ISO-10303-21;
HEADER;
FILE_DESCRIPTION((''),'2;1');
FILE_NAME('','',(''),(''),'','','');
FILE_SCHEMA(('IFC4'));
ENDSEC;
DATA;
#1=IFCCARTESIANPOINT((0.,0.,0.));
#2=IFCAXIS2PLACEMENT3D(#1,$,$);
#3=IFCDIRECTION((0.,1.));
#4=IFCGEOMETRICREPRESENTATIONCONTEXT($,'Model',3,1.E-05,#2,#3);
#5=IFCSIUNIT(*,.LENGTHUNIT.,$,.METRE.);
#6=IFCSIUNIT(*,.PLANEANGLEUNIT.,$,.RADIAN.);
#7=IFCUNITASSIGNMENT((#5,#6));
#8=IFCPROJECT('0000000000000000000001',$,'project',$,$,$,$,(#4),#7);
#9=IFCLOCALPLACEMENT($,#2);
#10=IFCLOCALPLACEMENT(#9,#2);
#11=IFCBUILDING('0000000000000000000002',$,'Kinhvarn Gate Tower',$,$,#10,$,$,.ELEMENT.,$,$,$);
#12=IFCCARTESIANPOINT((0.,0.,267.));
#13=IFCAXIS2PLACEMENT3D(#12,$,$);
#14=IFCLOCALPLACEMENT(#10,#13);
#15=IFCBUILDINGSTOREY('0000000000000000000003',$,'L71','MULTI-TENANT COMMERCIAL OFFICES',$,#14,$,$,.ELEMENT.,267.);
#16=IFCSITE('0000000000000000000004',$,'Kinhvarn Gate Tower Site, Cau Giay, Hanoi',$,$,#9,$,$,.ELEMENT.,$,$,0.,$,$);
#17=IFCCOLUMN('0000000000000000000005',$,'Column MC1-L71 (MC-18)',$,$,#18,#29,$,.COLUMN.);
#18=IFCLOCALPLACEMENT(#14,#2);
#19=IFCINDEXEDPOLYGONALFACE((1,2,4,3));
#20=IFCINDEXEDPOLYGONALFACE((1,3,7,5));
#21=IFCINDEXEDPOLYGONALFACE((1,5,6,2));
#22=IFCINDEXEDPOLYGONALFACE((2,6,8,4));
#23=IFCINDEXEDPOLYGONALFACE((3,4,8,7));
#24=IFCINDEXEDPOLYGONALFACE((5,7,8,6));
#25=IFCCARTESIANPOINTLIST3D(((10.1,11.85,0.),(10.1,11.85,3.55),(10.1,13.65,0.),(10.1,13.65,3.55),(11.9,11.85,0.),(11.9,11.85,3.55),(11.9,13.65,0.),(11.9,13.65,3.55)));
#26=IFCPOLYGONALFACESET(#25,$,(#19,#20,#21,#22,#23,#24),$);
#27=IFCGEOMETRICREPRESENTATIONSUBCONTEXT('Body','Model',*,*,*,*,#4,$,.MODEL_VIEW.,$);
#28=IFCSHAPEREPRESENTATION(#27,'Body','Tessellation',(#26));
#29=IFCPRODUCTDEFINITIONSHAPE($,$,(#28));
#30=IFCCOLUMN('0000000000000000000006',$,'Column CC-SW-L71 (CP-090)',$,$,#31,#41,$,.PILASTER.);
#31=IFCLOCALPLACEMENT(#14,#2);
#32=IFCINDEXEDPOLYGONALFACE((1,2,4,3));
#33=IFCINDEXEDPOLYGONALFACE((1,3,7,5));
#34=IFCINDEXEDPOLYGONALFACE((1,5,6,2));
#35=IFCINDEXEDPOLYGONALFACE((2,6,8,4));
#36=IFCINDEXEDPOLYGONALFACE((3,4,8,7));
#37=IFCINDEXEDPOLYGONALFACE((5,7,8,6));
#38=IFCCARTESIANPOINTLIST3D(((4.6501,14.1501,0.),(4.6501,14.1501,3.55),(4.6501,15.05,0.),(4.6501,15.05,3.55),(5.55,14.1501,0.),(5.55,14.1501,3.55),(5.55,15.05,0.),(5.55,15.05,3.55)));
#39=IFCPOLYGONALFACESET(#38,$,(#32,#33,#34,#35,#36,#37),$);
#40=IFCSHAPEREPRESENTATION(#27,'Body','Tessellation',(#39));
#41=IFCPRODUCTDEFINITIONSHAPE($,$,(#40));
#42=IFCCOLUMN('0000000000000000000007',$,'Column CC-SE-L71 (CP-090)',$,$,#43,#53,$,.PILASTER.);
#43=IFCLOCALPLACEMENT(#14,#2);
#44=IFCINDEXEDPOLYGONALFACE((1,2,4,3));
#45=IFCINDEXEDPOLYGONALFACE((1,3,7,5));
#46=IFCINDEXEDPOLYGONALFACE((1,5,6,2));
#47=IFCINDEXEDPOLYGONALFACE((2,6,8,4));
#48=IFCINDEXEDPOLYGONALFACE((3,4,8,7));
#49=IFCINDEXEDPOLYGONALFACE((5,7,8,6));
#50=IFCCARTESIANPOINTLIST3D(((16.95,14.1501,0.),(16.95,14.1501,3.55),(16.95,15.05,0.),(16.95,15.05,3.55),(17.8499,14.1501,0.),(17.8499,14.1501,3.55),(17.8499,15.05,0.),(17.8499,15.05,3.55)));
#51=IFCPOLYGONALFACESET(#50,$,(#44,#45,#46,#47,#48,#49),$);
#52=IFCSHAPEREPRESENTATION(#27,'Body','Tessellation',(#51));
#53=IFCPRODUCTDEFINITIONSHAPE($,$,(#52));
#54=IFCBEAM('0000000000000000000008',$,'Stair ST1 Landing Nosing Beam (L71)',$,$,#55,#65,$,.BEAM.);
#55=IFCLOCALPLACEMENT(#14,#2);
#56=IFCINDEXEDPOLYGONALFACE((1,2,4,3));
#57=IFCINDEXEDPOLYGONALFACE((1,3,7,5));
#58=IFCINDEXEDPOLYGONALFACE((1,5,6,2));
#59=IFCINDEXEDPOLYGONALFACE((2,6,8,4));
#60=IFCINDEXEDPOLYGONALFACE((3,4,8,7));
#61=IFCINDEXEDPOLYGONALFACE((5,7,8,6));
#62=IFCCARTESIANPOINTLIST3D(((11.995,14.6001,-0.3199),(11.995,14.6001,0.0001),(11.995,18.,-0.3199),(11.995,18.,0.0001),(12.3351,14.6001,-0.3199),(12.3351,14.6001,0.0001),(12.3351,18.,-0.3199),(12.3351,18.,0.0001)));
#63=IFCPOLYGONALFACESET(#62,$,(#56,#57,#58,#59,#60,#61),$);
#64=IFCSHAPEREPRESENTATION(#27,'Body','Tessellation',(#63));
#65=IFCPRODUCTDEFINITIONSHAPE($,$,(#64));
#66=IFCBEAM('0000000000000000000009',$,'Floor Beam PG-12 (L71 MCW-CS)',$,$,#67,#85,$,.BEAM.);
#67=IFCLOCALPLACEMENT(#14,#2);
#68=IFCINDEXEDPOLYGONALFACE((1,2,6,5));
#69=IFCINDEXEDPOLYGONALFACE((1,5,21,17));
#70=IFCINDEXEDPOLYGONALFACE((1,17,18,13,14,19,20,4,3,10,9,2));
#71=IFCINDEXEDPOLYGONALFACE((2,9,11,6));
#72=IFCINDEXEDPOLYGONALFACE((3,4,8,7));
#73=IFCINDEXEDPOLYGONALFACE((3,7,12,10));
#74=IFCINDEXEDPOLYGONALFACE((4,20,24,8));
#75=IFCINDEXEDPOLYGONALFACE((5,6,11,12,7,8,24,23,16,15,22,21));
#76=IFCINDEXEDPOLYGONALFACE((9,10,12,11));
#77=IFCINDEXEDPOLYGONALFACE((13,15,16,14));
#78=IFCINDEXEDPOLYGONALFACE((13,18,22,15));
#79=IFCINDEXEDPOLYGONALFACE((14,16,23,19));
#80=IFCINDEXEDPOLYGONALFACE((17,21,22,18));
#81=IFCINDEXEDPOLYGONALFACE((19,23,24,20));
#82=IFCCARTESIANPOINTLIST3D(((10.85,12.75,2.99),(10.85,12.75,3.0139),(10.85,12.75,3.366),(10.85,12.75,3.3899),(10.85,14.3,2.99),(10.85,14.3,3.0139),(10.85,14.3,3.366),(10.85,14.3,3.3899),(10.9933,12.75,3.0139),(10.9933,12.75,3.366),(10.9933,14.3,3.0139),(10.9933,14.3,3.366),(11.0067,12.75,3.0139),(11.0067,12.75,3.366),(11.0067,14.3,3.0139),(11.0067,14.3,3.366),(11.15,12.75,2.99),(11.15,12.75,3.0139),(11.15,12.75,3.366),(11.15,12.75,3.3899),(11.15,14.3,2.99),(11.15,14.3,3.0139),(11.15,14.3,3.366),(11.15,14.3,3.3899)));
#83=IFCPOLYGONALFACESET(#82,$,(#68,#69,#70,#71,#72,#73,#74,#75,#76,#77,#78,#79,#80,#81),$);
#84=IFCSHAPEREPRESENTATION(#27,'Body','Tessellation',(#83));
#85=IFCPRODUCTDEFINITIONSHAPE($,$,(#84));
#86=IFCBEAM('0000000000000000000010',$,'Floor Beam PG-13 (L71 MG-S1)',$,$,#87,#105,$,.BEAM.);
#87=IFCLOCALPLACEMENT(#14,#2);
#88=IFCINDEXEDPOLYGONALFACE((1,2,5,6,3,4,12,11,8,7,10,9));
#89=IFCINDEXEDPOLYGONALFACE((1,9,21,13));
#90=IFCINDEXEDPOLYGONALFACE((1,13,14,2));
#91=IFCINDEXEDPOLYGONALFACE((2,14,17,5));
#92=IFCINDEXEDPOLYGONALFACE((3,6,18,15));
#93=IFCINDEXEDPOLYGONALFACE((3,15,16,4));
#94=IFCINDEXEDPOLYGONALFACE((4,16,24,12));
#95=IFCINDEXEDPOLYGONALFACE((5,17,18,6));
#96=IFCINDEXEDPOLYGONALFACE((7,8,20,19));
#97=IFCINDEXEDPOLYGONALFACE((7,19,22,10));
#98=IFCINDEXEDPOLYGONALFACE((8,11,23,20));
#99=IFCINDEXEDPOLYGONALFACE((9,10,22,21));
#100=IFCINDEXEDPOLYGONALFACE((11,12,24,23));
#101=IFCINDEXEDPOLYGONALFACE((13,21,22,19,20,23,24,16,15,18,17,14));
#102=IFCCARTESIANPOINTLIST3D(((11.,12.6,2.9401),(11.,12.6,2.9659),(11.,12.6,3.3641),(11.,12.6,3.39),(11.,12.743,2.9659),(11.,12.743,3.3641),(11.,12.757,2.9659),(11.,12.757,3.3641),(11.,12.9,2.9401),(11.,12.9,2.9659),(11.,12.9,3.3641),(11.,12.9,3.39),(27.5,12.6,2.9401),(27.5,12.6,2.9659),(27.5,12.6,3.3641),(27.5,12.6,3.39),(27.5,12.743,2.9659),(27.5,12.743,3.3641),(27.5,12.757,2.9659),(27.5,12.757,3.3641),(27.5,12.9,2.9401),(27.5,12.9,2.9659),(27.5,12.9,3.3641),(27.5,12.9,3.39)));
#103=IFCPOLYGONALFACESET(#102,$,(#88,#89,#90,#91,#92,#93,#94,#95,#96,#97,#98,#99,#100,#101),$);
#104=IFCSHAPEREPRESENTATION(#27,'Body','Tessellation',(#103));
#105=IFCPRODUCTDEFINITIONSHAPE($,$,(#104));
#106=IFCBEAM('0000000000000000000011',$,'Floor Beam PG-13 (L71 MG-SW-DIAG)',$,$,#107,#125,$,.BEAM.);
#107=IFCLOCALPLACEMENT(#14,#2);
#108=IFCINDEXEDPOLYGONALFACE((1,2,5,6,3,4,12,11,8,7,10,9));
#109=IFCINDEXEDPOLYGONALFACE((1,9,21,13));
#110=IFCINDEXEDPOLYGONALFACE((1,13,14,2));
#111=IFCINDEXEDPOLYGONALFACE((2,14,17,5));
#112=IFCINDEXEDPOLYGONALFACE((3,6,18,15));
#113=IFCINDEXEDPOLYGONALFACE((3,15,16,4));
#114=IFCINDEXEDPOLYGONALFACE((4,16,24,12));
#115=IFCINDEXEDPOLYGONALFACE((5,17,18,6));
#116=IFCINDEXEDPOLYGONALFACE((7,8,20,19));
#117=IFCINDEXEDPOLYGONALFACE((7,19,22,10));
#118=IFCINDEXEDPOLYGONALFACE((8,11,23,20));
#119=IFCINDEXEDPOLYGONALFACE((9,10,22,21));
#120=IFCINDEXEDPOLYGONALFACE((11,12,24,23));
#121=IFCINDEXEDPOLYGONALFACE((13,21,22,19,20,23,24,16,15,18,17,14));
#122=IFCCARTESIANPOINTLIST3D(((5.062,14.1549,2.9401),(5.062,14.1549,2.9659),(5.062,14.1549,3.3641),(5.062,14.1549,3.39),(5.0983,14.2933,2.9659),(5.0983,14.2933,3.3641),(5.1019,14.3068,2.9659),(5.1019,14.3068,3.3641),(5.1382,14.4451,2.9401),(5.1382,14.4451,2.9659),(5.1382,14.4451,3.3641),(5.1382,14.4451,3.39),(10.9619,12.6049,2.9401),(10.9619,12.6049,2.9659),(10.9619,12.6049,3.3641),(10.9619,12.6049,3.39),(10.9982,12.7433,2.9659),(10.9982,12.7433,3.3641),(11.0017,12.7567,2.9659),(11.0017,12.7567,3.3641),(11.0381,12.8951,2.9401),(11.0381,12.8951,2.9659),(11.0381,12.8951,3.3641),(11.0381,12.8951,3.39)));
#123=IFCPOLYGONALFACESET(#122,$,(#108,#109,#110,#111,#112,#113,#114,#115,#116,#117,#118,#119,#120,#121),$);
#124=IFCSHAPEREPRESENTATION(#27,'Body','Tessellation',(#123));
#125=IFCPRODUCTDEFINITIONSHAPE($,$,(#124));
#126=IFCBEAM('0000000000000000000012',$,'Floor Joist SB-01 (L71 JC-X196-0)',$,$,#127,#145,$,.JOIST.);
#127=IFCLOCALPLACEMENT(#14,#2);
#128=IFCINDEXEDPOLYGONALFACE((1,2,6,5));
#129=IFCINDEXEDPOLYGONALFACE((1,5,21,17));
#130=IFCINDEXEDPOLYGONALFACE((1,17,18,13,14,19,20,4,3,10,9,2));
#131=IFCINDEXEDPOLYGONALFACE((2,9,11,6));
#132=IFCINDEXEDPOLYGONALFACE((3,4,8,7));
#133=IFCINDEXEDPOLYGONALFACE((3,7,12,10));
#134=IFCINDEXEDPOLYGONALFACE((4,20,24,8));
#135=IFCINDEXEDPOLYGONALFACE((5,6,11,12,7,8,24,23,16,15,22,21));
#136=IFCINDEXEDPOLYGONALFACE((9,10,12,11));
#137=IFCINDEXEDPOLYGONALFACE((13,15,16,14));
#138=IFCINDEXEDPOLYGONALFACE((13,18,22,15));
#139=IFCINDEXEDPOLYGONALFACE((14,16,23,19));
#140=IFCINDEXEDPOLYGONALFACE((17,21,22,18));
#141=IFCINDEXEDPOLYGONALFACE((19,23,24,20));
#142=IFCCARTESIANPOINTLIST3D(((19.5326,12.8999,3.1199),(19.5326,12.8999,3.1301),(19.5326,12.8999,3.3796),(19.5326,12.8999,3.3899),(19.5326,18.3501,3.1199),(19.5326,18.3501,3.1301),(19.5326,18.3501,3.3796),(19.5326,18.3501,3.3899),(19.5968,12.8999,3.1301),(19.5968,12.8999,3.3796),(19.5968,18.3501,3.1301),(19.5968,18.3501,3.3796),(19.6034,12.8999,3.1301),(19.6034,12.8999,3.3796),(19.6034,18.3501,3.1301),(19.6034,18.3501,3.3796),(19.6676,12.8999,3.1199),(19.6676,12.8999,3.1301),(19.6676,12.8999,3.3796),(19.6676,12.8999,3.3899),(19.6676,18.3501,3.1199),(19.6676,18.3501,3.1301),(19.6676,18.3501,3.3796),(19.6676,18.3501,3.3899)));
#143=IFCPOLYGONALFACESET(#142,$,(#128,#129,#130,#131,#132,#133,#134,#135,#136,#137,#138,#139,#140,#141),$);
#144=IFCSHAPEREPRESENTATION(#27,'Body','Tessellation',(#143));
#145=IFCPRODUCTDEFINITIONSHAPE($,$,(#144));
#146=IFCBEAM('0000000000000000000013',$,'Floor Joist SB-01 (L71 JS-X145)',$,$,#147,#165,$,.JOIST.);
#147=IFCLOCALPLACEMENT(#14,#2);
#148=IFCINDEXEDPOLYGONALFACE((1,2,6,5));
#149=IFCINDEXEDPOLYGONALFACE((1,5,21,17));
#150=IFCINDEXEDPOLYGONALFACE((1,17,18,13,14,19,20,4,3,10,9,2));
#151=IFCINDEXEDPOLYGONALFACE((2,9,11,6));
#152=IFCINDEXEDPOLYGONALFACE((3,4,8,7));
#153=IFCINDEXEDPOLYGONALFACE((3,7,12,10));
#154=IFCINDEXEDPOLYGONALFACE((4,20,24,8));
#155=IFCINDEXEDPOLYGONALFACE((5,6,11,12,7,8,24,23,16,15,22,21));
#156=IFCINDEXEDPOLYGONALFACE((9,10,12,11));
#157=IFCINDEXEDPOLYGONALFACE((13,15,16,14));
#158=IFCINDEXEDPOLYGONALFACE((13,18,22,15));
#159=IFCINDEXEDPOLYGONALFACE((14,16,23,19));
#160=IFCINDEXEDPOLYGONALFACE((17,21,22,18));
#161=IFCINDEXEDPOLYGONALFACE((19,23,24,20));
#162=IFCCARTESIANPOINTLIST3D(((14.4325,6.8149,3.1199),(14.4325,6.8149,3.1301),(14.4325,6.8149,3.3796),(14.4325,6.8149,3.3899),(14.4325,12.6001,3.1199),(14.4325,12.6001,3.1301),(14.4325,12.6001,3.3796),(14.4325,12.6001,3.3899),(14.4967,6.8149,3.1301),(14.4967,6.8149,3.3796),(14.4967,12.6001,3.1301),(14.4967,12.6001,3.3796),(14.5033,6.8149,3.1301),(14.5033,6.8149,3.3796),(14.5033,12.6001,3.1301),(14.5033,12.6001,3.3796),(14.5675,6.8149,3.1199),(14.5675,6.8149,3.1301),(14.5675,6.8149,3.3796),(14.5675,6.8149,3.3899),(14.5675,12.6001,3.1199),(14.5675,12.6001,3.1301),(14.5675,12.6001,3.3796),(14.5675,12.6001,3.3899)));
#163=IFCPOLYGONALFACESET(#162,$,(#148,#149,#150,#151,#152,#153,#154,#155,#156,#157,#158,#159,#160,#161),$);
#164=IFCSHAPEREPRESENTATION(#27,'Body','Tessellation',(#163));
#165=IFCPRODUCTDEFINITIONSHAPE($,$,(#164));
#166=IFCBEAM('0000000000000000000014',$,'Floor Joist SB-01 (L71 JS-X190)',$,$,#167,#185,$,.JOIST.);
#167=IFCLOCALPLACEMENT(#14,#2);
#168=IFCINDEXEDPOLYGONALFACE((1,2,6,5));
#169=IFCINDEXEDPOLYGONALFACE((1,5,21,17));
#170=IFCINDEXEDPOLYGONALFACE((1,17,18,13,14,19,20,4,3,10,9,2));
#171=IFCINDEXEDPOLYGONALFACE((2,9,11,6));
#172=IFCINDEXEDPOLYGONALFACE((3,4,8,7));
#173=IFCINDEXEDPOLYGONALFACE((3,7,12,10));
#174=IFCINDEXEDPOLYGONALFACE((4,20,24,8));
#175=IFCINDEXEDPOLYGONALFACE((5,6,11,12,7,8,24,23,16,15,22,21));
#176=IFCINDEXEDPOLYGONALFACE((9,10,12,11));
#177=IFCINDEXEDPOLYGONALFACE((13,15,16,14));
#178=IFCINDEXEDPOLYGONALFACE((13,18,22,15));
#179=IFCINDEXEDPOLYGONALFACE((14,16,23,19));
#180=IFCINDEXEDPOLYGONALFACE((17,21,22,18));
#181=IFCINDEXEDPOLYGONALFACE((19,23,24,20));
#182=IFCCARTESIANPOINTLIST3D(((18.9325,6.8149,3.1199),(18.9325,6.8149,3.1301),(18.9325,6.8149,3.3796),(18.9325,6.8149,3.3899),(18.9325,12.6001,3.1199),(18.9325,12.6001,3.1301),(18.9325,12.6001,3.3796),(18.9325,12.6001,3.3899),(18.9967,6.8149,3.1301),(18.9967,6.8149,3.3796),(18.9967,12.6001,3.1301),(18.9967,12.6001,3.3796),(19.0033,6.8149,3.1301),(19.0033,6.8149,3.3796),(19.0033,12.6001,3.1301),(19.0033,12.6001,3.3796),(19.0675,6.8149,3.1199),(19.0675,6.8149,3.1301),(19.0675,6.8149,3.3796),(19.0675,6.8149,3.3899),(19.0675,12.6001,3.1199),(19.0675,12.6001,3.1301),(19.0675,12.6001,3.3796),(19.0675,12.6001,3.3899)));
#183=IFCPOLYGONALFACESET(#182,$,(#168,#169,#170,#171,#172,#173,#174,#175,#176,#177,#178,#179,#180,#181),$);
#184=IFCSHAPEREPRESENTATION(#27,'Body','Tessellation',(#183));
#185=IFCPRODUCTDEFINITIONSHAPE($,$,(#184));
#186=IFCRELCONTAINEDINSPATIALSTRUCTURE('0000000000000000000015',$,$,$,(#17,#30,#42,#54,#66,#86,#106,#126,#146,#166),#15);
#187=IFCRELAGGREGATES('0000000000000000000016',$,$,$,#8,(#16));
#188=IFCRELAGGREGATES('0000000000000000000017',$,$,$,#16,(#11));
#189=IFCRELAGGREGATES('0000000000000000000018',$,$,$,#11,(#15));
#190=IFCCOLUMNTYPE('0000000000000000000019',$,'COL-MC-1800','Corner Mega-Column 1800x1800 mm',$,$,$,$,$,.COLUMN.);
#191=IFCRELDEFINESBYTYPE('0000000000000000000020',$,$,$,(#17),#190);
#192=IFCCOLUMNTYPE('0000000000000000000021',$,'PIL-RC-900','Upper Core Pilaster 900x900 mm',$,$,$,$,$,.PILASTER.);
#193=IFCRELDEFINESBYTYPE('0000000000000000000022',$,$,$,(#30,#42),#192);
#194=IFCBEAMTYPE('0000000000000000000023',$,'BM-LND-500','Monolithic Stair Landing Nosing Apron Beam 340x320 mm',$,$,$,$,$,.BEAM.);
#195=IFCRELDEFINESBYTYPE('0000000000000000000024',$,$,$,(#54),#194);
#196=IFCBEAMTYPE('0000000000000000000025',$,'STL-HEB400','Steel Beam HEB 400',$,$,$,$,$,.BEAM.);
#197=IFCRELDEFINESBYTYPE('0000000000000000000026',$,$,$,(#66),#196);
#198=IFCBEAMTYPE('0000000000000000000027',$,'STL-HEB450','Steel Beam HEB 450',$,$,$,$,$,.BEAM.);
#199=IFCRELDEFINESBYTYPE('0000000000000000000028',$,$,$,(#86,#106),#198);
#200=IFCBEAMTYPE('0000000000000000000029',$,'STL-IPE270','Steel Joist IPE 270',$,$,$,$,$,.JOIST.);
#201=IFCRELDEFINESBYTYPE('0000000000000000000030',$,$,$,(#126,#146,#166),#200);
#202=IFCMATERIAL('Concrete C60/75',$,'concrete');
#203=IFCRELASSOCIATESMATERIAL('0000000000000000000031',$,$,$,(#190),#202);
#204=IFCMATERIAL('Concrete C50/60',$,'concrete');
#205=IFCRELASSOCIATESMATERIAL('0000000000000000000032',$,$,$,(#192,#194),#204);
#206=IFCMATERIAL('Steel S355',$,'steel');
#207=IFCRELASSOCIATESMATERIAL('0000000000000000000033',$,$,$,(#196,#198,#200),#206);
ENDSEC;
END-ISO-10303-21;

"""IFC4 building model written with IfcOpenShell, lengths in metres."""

from ifc_helpers import new_model, si_unit, direction, frame, origin, origin_2d, place, context, subcontext, project, spatial, rectangle, i_section, extrude, material, material_profile, profile_set, type_object, element, save


model = new_model("IFC4")

# Units and contexts
model_context = context("Model", 3, precision=1e-05, world=origin(), true_north=direction((0.0, 1.0)))
body_context = subcontext(model_context, "Body", "Model", "MODEL_VIEW")
ifc_project = project(units=[si_unit("LENGTHUNIT", "METRE"), si_unit("PLANEANGLEUNIT", "RADIAN")], contexts=[model_context])

# Site, building, storey
site_placement = place(None, origin())
site = spatial("IfcSite", under=ifc_project, at=site_placement, Name="Kinhvarn Gate Tower Site, Cau Giay, Hanoi", CompositionType="ELEMENT", RefElevation=0.0)
building_placement = place(site_placement, origin())
building = spatial("IfcBuilding", under=site, at=building_placement, Name="Kinhvarn Gate Tower", CompositionType="ELEMENT")
storey_placement = place(building_placement, frame((0.0, 0.0, 267.0)))
storey = spatial("IfcBuildingStorey", under=building, at=storey_placement, Name="L71", Description="MULTI-TENANT COMMERCIAL OFFICES", CompositionType="ELEMENT", Elevation=267.0)

# Columns
ifc_material_1 = material(Name="Concrete C60/75", Category="concrete")
ifc_material_profile_1 = material_profile(ifc_material_1, rectangle(XDim=1.8, YDim=1.8, at=origin_2d()), Name="RC 1800x1800")
ifc_profile_set_1 = profile_set([ifc_material_profile_1], Name="Concrete C60/75")
column_type_1 = type_object("IfcColumnType", Name="COL-MC-1800", Description="Corner Mega-Column 1800x1800 mm", PredefinedType="COLUMN", material=ifc_profile_set_1)
column_placement = place(storey_placement, frame((11.0, 12.75, 0.0), z_axis=(0.0, 0.0, 1.0), x_axis=(1.0, 0.0, 0.0)))
element("IfcColumn", 1, at=column_placement, inside=storey, type_object=column_type_1, Name="Column MC1-L71 (MC-18)", PredefinedType="COLUMN", context=body_context, shape_type="SweptSolid", body=[
    extrude(rectangle(XDim=1.8, YDim=1.8, at=origin_2d()), origin(), (0.0, 0.0, 1.0), 3.55),
])
ifc_material_2 = material(Name="Concrete C50/60", Category="concrete")
ifc_material_profile_2 = material_profile(ifc_material_2, rectangle(XDim=0.8999, YDim=0.8999, at=origin_2d()), Name="RC 900x900")
ifc_profile_set_2 = profile_set([ifc_material_profile_2], Name="Concrete C50/60")
column_type_2 = type_object("IfcColumnType", Name="PIL-RC-900", Description="Upper Core Pilaster 900x900 mm", PredefinedType="PILASTER", material=ifc_profile_set_2)
for number, where, z_axis, x_axis, name in (
    (2, (5.1001, 14.6001, 0.0), (0.0, 0.0, 1.0), (1.0, 0.0, 0.0), "Column CC-SW-L71 (CP-090)"),
    (3, (17.3999, 14.6001, 0.0), (0.0, 0.0, 1.0), (1.0, 0.0, 0.0), "Column CC-SE-L71 (CP-090)"),
):
    element("IfcColumn", number, at=place(storey_placement, frame(where, z_axis=z_axis, x_axis=x_axis)), inside=storey, type_object=column_type_2, Name=name, PredefinedType="PILASTER", context=body_context, shape_type="SweptSolid", body=[
        extrude(rectangle(XDim=0.8999, YDim=0.8999, at=origin_2d()), origin(), (0.0, 0.0, 1.0), 3.55),
    ])

# Beams
ifc_material_profile_3 = material_profile(ifc_material_2, rectangle(XDim=0.3401, YDim=0.3201, at=origin_2d()), Name="RC 340x320")
ifc_profile_set_3 = profile_set([ifc_material_profile_3], Name="Concrete C50/60")
beam_type_1 = type_object("IfcBeamType", Name="BM-LND-500", Description="Monolithic Stair Landing Nosing Apron Beam 340x320 mm", PredefinedType="BEAM", material=ifc_profile_set_3)
beam_1_placement = place(storey_placement, frame((12.165, 14.6001, -0.1599), z_axis=(0.0, 1.0, 0.0), x_axis=(-1.0, 0.0, 0.0)))
element("IfcBeam", 4, at=beam_1_placement, inside=storey, type_object=beam_type_1, Name="Stair ST1 Landing Nosing Beam (L71)", PredefinedType="BEAM", context=body_context, shape_type="SweptSolid", body=[
    extrude(rectangle(XDim=0.3401, YDim=0.3201, at=origin_2d()), origin(), (0.0, 0.0, 1.0), 3.3999),
])
ifc_material_3 = material(Name="Steel S355", Category="steel")
ifc_material_profile_4 = material_profile(ifc_material_3, i_section(OverallWidth=0.3, OverallDepth=0.3999, WebThickness=0.0134, FlangeThickness=0.0239, at=origin_2d()), Name="HEB 400")
ifc_profile_set_4 = profile_set([ifc_material_profile_4], Name="Steel S355")
beam_type_2 = type_object("IfcBeamType", Name="STL-HEB400", Description="Steel Beam HEB 400", PredefinedType="BEAM", material=ifc_profile_set_4)
beam_2_placement = place(storey_placement, frame((11.0, 12.75, 3.1899), z_axis=(0.0, 1.0, 0.0), x_axis=(-1.0, 0.0, 0.0)))
element("IfcBeam", 5, at=beam_2_placement, inside=storey, type_object=beam_type_2, Name="Floor Beam PG-12 (L71 MCW-CS)", PredefinedType="BEAM", context=body_context, shape_type="SweptSolid", body=[
    extrude(i_section(OverallWidth=0.3, OverallDepth=0.3999, WebThickness=0.0134, FlangeThickness=0.0239, at=origin_2d()), origin(), (0.0, 0.0, 1.0), 1.55),
])
ifc_material_profile_5 = material_profile(ifc_material_3, i_section(OverallWidth=0.3, OverallDepth=0.45, WebThickness=0.0139, FlangeThickness=0.0259, at=origin_2d()), Name="HEB 450")
ifc_profile_set_5 = profile_set([ifc_material_profile_5], Name="Steel S355")
beam_type_3 = type_object("IfcBeamType", Name="STL-HEB450", Description="Steel Beam HEB 450", PredefinedType="BEAM", material=ifc_profile_set_5)
beam_3_placement = place(storey_placement, frame((11.0, 12.75, 3.165), z_axis=(1.0, 0.0, 0.0), x_axis=(0.0, 1.0, 0.0)))
element("IfcBeam", 6, at=beam_3_placement, inside=storey, type_object=beam_type_3, Name="Floor Beam PG-13 (L71 MG-S1)", PredefinedType="BEAM", context=body_context, shape_type="SweptSolid", body=[
    extrude(i_section(OverallWidth=0.3, OverallDepth=0.45, WebThickness=0.0139, FlangeThickness=0.0259, at=origin_2d()), origin(), (0.0, 0.0, 1.0), 16.5),
])
beam_4_placement = place(storey_placement, frame((5.1001, 14.3, 3.165), z_axis=(0.967178, -0.254101, 0.0), x_axis=(0.254101, 0.967178, 0.0)))
element("IfcBeam", 7, at=beam_4_placement, inside=storey, type_object=beam_type_3, Name="Floor Beam PG-13 (L71 MG-SW-DIAG)", PredefinedType="BEAM", context=body_context, shape_type="SweptSolid", body=[
    extrude(i_section(OverallWidth=0.3, OverallDepth=0.45, WebThickness=0.0139, FlangeThickness=0.0259, at=origin_2d()), origin(), (0.0, 0.0, 1.0), 6.1001),
])
ifc_material_profile_6 = material_profile(ifc_material_3, i_section(OverallWidth=0.135, OverallDepth=0.27, WebThickness=0.0066, FlangeThickness=0.0103, at=origin_2d()), Name="IPE 270")
ifc_profile_set_6 = profile_set([ifc_material_profile_6], Name="Steel S355")
beam_type_4 = type_object("IfcBeamType", Name="STL-IPE270", Description="Steel Joist IPE 270", PredefinedType="JOIST", material=ifc_profile_set_6)
beam_5_placement = place(storey_placement, frame((19.6001, 12.8999, 3.2549), z_axis=(0.0, 1.0, 0.0), x_axis=(-1.0, 0.0, 0.0)))
element("IfcBeam", 8, at=beam_5_placement, inside=storey, type_object=beam_type_4, Name="Floor Joist SB-01 (L71 JC-X196-0)", PredefinedType="JOIST", context=body_context, shape_type="SweptSolid", body=[
    extrude(i_section(OverallWidth=0.135, OverallDepth=0.27, WebThickness=0.0066, FlangeThickness=0.0103, at=origin_2d()), origin(), (0.0, 0.0, 1.0), 5.4502),
])
for number, where, z_axis, x_axis, name in (
    (9, (14.5, 6.8149, 3.2549), (0.0, 1.0, 0.0), (-1.0, 0.0, 0.0), "Floor Joist SB-01 (L71 JS-X145)"),
    (10, (19.0, 6.8149, 3.2549), (0.0, 1.0, 0.0), (-1.0, 0.0, 0.0), "Floor Joist SB-01 (L71 JS-X190)"),
):
    element("IfcBeam", number, at=place(storey_placement, frame(where, z_axis=z_axis, x_axis=x_axis)), inside=storey, type_object=beam_type_4, Name=name, PredefinedType="JOIST", context=body_context, shape_type="SweptSolid", body=[
        extrude(i_section(OverallWidth=0.135, OverallDepth=0.27, WebThickness=0.0066, FlangeThickness=0.0103, at=origin_2d()), origin(), (0.0, 0.0, 1.0), 5.7852),
    ])

save(model, "model.ifc")
